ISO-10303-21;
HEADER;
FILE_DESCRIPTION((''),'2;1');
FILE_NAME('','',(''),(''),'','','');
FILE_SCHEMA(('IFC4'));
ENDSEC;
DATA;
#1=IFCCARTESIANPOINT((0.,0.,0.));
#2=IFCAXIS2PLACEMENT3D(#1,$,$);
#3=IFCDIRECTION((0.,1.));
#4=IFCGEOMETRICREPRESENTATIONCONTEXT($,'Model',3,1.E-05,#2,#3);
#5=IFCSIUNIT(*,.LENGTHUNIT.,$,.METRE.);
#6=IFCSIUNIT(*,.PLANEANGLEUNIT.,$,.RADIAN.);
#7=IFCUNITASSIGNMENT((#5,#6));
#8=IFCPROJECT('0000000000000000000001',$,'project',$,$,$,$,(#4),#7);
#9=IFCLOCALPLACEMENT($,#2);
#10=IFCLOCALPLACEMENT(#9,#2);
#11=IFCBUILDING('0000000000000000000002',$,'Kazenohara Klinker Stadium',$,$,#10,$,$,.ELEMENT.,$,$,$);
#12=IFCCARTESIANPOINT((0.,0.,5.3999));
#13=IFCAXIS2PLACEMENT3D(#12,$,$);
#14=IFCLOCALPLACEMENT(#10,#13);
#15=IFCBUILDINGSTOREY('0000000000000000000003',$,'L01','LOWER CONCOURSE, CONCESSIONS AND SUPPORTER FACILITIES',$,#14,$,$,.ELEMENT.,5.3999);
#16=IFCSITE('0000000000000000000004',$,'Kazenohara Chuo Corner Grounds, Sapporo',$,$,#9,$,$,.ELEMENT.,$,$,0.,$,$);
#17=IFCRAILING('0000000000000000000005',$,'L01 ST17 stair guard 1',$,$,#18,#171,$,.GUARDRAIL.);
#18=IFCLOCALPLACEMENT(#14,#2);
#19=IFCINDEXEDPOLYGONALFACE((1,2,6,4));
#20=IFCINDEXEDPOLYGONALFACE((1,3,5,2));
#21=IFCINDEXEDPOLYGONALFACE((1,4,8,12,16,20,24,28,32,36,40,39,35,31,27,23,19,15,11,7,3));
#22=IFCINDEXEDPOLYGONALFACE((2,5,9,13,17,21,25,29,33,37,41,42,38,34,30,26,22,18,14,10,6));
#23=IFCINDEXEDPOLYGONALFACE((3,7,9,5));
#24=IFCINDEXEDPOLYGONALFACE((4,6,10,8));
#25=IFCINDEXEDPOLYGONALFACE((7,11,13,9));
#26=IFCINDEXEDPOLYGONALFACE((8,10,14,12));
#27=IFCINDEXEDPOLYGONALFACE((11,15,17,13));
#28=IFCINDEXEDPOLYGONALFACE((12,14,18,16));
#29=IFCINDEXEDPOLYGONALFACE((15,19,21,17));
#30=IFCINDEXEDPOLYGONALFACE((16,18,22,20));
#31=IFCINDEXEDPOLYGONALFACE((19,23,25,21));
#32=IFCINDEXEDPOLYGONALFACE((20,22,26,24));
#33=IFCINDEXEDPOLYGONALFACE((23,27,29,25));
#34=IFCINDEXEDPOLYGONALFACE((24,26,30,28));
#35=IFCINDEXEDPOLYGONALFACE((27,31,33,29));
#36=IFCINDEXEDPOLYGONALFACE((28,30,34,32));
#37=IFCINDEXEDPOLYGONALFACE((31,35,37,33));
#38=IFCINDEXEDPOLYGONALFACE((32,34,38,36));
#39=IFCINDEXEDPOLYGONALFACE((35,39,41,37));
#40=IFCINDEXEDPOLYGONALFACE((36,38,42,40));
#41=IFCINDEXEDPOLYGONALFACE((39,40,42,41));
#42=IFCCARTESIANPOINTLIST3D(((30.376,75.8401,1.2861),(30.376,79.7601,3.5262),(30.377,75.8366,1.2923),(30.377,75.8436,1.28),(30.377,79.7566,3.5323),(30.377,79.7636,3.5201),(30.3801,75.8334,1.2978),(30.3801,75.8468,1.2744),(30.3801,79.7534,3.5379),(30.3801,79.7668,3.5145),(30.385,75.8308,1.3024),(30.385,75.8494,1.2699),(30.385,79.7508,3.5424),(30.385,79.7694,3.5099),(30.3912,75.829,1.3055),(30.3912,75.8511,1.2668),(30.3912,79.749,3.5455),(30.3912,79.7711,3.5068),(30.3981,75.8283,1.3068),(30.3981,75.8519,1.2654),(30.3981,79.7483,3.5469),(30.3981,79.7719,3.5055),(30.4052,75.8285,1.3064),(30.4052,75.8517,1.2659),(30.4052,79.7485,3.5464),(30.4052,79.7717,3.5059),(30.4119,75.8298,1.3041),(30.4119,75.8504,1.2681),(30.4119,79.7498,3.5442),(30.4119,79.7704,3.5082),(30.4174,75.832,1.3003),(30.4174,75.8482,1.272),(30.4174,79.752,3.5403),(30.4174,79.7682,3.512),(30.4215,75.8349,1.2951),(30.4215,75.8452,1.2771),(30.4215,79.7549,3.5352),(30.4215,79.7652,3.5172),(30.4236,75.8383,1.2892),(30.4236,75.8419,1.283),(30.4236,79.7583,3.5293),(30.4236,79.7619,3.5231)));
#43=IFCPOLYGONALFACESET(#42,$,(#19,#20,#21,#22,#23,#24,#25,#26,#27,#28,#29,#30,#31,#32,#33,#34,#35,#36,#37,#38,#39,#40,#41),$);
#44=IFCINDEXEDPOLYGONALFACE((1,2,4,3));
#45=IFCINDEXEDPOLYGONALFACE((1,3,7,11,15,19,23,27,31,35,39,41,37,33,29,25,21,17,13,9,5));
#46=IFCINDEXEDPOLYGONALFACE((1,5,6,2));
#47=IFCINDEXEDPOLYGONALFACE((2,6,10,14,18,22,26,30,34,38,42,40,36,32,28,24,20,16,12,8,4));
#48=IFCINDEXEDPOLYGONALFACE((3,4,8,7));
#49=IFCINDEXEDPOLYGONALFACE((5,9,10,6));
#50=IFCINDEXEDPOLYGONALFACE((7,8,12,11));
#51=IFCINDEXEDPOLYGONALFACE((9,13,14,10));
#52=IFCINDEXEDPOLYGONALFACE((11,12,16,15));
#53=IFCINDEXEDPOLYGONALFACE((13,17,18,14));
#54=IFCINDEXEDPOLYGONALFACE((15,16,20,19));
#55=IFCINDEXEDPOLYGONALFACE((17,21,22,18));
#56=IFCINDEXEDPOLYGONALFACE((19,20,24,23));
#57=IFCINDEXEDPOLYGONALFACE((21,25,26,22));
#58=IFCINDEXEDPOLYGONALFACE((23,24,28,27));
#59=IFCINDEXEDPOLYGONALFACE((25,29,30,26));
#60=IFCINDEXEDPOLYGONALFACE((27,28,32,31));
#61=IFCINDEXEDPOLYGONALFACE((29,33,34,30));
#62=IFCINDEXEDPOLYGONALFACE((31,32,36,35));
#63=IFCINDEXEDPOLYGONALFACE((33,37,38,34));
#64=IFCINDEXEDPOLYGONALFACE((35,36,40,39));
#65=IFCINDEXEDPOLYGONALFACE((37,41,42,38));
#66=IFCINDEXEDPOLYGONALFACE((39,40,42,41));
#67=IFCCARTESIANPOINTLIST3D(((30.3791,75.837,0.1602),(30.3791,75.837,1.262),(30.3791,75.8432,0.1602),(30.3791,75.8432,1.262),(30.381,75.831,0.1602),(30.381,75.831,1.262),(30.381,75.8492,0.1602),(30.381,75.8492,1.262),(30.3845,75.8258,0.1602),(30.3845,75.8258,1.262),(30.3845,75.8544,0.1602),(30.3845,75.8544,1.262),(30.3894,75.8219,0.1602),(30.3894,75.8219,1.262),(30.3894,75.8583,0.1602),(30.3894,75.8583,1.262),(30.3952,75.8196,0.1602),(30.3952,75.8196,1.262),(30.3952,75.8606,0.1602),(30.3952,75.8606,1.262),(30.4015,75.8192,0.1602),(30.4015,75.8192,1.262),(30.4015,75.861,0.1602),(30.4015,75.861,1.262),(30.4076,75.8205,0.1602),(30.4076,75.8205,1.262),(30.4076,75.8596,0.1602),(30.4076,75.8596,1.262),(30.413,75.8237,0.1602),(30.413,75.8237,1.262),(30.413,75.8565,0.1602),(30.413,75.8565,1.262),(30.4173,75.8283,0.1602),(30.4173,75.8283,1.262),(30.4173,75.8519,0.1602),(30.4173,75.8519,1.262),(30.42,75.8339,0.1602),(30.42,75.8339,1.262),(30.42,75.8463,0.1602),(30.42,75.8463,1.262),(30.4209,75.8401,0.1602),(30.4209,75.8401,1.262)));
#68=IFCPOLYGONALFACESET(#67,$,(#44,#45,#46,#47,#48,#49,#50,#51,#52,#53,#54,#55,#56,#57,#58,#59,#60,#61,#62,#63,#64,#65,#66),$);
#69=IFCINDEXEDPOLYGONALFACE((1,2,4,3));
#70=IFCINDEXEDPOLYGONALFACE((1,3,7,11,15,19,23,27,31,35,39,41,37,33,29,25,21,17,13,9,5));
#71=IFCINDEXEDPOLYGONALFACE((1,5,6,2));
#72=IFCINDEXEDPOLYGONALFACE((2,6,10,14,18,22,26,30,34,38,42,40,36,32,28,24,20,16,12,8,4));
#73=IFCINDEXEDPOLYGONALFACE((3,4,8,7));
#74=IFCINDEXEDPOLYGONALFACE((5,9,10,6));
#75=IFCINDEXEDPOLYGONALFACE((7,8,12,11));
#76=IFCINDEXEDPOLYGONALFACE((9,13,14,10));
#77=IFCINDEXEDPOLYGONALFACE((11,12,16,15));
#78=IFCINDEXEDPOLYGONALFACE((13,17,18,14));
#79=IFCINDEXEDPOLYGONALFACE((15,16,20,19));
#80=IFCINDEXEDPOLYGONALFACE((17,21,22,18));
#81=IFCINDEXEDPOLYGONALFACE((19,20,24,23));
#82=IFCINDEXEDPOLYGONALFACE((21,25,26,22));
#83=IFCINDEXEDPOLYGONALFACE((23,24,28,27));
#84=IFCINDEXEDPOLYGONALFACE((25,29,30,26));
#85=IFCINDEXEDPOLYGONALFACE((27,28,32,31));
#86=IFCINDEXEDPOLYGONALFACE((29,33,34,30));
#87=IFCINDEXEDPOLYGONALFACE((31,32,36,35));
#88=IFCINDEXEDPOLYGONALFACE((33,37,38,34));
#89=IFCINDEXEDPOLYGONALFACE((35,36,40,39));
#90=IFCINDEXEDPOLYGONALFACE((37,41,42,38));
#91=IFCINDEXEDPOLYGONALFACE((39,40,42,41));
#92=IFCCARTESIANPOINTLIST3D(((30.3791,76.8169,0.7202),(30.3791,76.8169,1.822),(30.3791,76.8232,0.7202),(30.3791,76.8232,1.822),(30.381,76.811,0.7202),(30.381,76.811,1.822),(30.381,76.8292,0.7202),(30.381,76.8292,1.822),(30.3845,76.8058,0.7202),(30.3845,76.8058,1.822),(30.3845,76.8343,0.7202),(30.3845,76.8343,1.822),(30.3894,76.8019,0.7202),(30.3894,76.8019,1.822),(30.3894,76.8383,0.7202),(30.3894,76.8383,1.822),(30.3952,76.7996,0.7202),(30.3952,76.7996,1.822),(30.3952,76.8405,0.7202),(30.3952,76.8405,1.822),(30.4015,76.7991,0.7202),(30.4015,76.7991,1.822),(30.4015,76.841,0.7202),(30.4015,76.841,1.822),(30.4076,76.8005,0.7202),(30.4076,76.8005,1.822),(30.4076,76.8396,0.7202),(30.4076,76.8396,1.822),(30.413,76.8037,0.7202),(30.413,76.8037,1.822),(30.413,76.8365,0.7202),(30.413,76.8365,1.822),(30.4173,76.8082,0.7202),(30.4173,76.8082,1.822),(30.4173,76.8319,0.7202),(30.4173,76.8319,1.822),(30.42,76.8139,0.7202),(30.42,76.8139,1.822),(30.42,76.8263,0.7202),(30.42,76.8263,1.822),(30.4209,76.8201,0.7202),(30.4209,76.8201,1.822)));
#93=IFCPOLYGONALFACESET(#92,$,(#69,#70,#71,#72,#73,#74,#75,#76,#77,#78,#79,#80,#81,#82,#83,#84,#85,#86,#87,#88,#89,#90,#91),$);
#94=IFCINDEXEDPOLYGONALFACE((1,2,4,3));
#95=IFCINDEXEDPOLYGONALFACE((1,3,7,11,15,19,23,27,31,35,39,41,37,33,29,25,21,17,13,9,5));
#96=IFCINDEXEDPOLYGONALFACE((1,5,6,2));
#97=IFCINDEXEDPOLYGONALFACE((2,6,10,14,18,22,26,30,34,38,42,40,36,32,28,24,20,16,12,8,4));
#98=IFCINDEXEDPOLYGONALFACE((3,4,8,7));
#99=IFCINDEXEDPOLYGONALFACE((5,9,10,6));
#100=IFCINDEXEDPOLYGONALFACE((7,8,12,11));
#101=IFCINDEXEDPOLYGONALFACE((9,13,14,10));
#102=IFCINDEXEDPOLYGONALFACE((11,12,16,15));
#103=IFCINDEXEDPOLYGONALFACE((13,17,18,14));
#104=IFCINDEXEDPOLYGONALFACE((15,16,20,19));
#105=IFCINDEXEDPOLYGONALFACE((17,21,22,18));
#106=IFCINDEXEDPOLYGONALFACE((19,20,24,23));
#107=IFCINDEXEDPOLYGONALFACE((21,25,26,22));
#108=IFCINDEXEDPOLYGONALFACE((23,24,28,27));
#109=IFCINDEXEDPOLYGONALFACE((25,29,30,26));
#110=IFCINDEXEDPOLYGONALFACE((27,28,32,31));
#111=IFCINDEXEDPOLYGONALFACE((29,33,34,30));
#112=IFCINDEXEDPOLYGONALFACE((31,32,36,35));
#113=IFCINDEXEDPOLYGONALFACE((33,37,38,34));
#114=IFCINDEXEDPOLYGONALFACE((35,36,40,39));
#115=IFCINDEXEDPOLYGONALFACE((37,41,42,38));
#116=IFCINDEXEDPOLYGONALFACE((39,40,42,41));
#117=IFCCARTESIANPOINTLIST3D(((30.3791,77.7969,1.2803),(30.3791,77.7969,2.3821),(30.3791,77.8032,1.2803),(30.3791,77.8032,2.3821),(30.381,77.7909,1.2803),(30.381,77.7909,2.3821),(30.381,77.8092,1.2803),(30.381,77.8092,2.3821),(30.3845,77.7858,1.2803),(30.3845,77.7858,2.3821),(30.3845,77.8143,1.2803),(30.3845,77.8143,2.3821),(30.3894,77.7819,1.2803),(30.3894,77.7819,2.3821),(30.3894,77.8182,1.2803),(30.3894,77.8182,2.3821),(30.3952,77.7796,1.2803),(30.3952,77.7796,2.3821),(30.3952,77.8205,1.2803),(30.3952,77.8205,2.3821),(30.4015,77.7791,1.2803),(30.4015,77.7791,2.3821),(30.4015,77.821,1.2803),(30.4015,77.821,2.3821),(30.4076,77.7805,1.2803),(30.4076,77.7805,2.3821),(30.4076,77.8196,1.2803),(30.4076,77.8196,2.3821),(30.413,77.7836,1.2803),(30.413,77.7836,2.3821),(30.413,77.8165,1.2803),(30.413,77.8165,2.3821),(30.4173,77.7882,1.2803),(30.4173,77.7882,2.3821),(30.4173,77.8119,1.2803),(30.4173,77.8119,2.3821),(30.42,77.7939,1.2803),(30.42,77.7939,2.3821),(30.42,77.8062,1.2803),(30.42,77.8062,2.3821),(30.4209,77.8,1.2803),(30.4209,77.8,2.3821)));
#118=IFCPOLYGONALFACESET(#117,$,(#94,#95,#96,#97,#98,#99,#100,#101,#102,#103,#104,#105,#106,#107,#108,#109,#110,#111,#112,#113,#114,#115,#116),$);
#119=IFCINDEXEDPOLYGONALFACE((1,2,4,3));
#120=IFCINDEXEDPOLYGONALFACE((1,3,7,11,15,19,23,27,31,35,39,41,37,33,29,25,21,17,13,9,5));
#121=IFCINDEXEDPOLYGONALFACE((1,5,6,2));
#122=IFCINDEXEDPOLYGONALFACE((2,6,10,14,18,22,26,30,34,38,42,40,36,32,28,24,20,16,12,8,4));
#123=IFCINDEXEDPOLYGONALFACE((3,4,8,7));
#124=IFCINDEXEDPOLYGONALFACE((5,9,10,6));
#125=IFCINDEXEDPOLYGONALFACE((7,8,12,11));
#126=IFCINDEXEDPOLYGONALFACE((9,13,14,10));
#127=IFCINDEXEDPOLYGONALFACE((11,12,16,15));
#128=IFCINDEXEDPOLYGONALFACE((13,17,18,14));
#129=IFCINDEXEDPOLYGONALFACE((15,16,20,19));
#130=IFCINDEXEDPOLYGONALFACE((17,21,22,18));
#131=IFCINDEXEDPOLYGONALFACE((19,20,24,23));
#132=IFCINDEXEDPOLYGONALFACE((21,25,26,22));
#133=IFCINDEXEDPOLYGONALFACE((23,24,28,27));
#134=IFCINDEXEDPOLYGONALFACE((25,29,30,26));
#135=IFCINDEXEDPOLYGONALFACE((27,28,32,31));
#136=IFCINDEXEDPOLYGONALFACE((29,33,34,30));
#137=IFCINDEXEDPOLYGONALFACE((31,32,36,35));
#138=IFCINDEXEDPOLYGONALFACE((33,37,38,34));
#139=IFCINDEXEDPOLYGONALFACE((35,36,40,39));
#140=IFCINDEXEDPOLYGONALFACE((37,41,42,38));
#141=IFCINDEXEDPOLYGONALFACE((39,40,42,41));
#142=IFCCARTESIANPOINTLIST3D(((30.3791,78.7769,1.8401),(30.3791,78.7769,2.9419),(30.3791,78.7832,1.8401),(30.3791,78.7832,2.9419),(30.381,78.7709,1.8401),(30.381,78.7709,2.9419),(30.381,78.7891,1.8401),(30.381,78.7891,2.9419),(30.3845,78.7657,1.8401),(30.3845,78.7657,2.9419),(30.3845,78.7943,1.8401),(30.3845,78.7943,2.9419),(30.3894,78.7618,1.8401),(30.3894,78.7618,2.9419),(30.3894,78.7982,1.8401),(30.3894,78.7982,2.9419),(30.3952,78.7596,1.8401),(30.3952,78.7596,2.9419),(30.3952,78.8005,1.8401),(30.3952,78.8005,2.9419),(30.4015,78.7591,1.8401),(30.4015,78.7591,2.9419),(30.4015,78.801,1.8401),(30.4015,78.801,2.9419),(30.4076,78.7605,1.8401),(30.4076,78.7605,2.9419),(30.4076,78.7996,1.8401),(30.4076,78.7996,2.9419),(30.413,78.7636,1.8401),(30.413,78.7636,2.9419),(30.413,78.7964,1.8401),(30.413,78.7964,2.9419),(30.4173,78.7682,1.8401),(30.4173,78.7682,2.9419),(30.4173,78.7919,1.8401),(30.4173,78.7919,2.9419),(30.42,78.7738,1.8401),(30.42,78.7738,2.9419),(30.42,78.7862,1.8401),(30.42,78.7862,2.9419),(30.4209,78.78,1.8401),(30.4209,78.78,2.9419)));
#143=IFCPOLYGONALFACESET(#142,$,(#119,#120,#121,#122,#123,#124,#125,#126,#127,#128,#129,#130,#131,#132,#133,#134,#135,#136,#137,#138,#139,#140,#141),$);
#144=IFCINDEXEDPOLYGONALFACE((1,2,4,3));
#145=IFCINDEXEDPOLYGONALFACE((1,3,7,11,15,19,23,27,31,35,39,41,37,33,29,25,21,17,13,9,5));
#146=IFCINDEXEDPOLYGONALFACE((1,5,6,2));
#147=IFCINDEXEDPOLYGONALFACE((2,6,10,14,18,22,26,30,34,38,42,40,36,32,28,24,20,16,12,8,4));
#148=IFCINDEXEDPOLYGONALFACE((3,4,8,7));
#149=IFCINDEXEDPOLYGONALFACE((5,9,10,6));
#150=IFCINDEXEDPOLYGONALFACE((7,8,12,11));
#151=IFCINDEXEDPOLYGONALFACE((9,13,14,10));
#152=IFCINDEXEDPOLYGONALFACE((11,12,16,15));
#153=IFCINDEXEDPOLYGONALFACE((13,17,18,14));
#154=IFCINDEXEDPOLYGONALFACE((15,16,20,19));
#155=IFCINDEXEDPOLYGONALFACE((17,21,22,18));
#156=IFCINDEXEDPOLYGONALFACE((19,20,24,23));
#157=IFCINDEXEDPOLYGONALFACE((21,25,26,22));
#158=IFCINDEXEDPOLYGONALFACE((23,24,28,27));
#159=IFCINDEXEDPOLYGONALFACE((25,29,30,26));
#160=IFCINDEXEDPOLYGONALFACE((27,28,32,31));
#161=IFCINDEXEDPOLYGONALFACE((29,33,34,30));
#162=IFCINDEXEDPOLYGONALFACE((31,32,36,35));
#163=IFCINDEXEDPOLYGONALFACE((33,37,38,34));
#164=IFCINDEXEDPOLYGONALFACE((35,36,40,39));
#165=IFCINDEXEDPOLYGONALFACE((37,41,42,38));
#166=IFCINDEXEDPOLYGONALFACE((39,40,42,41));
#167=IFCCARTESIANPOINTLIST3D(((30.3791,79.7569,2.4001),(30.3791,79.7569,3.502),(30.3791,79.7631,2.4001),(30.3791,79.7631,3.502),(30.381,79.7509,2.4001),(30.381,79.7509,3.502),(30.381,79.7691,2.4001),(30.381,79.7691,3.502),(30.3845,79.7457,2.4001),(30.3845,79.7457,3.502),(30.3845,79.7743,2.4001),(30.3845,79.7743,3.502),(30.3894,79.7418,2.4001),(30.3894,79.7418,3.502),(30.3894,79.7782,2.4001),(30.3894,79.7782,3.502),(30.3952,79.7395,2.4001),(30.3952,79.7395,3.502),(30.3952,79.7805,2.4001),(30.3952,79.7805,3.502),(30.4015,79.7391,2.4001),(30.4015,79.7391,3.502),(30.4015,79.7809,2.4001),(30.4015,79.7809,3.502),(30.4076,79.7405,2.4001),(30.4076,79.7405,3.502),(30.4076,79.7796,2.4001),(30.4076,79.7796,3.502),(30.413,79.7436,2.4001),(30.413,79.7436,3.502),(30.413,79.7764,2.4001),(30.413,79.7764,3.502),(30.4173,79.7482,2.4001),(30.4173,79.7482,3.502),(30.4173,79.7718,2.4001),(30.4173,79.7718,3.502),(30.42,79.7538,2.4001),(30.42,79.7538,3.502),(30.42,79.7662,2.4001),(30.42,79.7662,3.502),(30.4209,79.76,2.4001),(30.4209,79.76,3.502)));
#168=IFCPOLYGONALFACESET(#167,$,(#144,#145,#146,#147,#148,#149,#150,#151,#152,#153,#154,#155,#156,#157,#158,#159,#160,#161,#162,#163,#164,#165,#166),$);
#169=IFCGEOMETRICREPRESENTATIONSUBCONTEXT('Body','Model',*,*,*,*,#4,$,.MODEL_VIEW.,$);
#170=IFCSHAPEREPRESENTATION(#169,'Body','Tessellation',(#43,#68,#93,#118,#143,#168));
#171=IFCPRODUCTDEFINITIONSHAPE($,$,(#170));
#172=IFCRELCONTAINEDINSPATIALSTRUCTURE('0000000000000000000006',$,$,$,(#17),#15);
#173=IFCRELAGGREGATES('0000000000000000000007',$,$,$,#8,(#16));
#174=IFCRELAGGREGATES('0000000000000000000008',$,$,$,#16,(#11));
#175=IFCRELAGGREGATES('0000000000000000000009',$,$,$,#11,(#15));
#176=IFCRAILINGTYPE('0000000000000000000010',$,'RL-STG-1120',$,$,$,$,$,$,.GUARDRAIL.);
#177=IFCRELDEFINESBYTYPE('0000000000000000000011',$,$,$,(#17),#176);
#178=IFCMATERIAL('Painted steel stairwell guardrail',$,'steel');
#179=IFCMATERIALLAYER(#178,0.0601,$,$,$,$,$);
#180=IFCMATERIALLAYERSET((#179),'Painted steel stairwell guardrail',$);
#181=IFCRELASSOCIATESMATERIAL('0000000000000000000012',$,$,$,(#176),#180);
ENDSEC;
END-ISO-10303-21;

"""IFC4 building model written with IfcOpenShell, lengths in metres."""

from ifc_helpers import new_model, si_unit, direction, frame, origin, origin_2d, place, context, subcontext, project, spatial, circle, extrude, material, layer, layer_set, type_object, element, save


model = new_model("IFC4")

# Units and contexts
model_context = context("Model", 3, precision=1e-05, world=origin(), true_north=direction((0.0, 1.0)))
body_context = subcontext(model_context, "Body", "Model", "MODEL_VIEW")
ifc_project = project(units=[si_unit("LENGTHUNIT", "METRE"), si_unit("PLANEANGLEUNIT", "RADIAN")], contexts=[model_context])

# Site, building, storey
site_placement = place(None, origin())
site = spatial("IfcSite", under=ifc_project, at=site_placement, Name="Kazenohara Chuo Corner Grounds, Sapporo", CompositionType="ELEMENT", RefElevation=0.0)
building_placement = place(site_placement, origin())
building = spatial("IfcBuilding", under=site, at=building_placement, Name="Kazenohara Klinker Stadium", CompositionType="ELEMENT")
storey_placement = place(building_placement, frame((0.0, 0.0, 5.3999)))
storey = spatial("IfcBuildingStorey", under=building, at=storey_placement, Name="L01", Description="LOWER CONCOURSE, CONCESSIONS AND SUPPORTER FACILITIES", CompositionType="ELEMENT", Elevation=5.3999)

# Railing
ifc_material_1 = material(Name="Painted steel stairwell guardrail", Category="steel")
ifc_layer_1 = layer(ifc_material_1, 0.0601)
ifc_layer_set_1 = layer_set([ifc_layer_1], Name="Painted steel stairwell guardrail")
railing_type_1 = type_object("IfcRailingType", Name="RL-STG-1120", PredefinedType="GUARDRAIL", material=ifc_layer_set_1)
railing_1_placement = place(storey_placement, frame((30.3999, 75.8401, 0.1602)))
element("IfcRailing", 1, at=railing_1_placement, inside=storey, type_object=railing_type_1, Name="L01 ST17 stair guard 1", PredefinedType="GUARDRAIL", context=body_context, shape_type="SweptSolid", body=[
    extrude(circle(Radius=0.0239, at=origin_2d()), frame((0.0, 0.0, 1.126), z_axis=(0.0, 0.86824, 0.496145), x_axis=(-1.0, 0.0, 0.0)), (0.0, 0.0, 1.0), 4.5149),
    extrude(circle(Radius=0.021, at=origin_2d()), origin(), (0.0, 0.0, 1.0), 1.1018),
    extrude(circle(Radius=0.021, at=origin_2d()), frame((0.0, 0.98, 0.5601)), (0.0, 0.0, 1.0), 1.1018),
    extrude(circle(Radius=0.021, at=origin_2d()), frame((0.0, 1.96, 1.1201)), (0.0, 0.0, 1.0), 1.1018),
    extrude(circle(Radius=0.021, at=origin_2d()), frame((0.0, 2.9399, 1.6799)), (0.0, 0.0, 1.0), 1.1018),
    extrude(circle(Radius=0.021, at=origin_2d()), frame((0.0, 3.9199, 2.24)), (0.0, 0.0, 1.0), 1.1018),
])

save(model, "model.ifc")
